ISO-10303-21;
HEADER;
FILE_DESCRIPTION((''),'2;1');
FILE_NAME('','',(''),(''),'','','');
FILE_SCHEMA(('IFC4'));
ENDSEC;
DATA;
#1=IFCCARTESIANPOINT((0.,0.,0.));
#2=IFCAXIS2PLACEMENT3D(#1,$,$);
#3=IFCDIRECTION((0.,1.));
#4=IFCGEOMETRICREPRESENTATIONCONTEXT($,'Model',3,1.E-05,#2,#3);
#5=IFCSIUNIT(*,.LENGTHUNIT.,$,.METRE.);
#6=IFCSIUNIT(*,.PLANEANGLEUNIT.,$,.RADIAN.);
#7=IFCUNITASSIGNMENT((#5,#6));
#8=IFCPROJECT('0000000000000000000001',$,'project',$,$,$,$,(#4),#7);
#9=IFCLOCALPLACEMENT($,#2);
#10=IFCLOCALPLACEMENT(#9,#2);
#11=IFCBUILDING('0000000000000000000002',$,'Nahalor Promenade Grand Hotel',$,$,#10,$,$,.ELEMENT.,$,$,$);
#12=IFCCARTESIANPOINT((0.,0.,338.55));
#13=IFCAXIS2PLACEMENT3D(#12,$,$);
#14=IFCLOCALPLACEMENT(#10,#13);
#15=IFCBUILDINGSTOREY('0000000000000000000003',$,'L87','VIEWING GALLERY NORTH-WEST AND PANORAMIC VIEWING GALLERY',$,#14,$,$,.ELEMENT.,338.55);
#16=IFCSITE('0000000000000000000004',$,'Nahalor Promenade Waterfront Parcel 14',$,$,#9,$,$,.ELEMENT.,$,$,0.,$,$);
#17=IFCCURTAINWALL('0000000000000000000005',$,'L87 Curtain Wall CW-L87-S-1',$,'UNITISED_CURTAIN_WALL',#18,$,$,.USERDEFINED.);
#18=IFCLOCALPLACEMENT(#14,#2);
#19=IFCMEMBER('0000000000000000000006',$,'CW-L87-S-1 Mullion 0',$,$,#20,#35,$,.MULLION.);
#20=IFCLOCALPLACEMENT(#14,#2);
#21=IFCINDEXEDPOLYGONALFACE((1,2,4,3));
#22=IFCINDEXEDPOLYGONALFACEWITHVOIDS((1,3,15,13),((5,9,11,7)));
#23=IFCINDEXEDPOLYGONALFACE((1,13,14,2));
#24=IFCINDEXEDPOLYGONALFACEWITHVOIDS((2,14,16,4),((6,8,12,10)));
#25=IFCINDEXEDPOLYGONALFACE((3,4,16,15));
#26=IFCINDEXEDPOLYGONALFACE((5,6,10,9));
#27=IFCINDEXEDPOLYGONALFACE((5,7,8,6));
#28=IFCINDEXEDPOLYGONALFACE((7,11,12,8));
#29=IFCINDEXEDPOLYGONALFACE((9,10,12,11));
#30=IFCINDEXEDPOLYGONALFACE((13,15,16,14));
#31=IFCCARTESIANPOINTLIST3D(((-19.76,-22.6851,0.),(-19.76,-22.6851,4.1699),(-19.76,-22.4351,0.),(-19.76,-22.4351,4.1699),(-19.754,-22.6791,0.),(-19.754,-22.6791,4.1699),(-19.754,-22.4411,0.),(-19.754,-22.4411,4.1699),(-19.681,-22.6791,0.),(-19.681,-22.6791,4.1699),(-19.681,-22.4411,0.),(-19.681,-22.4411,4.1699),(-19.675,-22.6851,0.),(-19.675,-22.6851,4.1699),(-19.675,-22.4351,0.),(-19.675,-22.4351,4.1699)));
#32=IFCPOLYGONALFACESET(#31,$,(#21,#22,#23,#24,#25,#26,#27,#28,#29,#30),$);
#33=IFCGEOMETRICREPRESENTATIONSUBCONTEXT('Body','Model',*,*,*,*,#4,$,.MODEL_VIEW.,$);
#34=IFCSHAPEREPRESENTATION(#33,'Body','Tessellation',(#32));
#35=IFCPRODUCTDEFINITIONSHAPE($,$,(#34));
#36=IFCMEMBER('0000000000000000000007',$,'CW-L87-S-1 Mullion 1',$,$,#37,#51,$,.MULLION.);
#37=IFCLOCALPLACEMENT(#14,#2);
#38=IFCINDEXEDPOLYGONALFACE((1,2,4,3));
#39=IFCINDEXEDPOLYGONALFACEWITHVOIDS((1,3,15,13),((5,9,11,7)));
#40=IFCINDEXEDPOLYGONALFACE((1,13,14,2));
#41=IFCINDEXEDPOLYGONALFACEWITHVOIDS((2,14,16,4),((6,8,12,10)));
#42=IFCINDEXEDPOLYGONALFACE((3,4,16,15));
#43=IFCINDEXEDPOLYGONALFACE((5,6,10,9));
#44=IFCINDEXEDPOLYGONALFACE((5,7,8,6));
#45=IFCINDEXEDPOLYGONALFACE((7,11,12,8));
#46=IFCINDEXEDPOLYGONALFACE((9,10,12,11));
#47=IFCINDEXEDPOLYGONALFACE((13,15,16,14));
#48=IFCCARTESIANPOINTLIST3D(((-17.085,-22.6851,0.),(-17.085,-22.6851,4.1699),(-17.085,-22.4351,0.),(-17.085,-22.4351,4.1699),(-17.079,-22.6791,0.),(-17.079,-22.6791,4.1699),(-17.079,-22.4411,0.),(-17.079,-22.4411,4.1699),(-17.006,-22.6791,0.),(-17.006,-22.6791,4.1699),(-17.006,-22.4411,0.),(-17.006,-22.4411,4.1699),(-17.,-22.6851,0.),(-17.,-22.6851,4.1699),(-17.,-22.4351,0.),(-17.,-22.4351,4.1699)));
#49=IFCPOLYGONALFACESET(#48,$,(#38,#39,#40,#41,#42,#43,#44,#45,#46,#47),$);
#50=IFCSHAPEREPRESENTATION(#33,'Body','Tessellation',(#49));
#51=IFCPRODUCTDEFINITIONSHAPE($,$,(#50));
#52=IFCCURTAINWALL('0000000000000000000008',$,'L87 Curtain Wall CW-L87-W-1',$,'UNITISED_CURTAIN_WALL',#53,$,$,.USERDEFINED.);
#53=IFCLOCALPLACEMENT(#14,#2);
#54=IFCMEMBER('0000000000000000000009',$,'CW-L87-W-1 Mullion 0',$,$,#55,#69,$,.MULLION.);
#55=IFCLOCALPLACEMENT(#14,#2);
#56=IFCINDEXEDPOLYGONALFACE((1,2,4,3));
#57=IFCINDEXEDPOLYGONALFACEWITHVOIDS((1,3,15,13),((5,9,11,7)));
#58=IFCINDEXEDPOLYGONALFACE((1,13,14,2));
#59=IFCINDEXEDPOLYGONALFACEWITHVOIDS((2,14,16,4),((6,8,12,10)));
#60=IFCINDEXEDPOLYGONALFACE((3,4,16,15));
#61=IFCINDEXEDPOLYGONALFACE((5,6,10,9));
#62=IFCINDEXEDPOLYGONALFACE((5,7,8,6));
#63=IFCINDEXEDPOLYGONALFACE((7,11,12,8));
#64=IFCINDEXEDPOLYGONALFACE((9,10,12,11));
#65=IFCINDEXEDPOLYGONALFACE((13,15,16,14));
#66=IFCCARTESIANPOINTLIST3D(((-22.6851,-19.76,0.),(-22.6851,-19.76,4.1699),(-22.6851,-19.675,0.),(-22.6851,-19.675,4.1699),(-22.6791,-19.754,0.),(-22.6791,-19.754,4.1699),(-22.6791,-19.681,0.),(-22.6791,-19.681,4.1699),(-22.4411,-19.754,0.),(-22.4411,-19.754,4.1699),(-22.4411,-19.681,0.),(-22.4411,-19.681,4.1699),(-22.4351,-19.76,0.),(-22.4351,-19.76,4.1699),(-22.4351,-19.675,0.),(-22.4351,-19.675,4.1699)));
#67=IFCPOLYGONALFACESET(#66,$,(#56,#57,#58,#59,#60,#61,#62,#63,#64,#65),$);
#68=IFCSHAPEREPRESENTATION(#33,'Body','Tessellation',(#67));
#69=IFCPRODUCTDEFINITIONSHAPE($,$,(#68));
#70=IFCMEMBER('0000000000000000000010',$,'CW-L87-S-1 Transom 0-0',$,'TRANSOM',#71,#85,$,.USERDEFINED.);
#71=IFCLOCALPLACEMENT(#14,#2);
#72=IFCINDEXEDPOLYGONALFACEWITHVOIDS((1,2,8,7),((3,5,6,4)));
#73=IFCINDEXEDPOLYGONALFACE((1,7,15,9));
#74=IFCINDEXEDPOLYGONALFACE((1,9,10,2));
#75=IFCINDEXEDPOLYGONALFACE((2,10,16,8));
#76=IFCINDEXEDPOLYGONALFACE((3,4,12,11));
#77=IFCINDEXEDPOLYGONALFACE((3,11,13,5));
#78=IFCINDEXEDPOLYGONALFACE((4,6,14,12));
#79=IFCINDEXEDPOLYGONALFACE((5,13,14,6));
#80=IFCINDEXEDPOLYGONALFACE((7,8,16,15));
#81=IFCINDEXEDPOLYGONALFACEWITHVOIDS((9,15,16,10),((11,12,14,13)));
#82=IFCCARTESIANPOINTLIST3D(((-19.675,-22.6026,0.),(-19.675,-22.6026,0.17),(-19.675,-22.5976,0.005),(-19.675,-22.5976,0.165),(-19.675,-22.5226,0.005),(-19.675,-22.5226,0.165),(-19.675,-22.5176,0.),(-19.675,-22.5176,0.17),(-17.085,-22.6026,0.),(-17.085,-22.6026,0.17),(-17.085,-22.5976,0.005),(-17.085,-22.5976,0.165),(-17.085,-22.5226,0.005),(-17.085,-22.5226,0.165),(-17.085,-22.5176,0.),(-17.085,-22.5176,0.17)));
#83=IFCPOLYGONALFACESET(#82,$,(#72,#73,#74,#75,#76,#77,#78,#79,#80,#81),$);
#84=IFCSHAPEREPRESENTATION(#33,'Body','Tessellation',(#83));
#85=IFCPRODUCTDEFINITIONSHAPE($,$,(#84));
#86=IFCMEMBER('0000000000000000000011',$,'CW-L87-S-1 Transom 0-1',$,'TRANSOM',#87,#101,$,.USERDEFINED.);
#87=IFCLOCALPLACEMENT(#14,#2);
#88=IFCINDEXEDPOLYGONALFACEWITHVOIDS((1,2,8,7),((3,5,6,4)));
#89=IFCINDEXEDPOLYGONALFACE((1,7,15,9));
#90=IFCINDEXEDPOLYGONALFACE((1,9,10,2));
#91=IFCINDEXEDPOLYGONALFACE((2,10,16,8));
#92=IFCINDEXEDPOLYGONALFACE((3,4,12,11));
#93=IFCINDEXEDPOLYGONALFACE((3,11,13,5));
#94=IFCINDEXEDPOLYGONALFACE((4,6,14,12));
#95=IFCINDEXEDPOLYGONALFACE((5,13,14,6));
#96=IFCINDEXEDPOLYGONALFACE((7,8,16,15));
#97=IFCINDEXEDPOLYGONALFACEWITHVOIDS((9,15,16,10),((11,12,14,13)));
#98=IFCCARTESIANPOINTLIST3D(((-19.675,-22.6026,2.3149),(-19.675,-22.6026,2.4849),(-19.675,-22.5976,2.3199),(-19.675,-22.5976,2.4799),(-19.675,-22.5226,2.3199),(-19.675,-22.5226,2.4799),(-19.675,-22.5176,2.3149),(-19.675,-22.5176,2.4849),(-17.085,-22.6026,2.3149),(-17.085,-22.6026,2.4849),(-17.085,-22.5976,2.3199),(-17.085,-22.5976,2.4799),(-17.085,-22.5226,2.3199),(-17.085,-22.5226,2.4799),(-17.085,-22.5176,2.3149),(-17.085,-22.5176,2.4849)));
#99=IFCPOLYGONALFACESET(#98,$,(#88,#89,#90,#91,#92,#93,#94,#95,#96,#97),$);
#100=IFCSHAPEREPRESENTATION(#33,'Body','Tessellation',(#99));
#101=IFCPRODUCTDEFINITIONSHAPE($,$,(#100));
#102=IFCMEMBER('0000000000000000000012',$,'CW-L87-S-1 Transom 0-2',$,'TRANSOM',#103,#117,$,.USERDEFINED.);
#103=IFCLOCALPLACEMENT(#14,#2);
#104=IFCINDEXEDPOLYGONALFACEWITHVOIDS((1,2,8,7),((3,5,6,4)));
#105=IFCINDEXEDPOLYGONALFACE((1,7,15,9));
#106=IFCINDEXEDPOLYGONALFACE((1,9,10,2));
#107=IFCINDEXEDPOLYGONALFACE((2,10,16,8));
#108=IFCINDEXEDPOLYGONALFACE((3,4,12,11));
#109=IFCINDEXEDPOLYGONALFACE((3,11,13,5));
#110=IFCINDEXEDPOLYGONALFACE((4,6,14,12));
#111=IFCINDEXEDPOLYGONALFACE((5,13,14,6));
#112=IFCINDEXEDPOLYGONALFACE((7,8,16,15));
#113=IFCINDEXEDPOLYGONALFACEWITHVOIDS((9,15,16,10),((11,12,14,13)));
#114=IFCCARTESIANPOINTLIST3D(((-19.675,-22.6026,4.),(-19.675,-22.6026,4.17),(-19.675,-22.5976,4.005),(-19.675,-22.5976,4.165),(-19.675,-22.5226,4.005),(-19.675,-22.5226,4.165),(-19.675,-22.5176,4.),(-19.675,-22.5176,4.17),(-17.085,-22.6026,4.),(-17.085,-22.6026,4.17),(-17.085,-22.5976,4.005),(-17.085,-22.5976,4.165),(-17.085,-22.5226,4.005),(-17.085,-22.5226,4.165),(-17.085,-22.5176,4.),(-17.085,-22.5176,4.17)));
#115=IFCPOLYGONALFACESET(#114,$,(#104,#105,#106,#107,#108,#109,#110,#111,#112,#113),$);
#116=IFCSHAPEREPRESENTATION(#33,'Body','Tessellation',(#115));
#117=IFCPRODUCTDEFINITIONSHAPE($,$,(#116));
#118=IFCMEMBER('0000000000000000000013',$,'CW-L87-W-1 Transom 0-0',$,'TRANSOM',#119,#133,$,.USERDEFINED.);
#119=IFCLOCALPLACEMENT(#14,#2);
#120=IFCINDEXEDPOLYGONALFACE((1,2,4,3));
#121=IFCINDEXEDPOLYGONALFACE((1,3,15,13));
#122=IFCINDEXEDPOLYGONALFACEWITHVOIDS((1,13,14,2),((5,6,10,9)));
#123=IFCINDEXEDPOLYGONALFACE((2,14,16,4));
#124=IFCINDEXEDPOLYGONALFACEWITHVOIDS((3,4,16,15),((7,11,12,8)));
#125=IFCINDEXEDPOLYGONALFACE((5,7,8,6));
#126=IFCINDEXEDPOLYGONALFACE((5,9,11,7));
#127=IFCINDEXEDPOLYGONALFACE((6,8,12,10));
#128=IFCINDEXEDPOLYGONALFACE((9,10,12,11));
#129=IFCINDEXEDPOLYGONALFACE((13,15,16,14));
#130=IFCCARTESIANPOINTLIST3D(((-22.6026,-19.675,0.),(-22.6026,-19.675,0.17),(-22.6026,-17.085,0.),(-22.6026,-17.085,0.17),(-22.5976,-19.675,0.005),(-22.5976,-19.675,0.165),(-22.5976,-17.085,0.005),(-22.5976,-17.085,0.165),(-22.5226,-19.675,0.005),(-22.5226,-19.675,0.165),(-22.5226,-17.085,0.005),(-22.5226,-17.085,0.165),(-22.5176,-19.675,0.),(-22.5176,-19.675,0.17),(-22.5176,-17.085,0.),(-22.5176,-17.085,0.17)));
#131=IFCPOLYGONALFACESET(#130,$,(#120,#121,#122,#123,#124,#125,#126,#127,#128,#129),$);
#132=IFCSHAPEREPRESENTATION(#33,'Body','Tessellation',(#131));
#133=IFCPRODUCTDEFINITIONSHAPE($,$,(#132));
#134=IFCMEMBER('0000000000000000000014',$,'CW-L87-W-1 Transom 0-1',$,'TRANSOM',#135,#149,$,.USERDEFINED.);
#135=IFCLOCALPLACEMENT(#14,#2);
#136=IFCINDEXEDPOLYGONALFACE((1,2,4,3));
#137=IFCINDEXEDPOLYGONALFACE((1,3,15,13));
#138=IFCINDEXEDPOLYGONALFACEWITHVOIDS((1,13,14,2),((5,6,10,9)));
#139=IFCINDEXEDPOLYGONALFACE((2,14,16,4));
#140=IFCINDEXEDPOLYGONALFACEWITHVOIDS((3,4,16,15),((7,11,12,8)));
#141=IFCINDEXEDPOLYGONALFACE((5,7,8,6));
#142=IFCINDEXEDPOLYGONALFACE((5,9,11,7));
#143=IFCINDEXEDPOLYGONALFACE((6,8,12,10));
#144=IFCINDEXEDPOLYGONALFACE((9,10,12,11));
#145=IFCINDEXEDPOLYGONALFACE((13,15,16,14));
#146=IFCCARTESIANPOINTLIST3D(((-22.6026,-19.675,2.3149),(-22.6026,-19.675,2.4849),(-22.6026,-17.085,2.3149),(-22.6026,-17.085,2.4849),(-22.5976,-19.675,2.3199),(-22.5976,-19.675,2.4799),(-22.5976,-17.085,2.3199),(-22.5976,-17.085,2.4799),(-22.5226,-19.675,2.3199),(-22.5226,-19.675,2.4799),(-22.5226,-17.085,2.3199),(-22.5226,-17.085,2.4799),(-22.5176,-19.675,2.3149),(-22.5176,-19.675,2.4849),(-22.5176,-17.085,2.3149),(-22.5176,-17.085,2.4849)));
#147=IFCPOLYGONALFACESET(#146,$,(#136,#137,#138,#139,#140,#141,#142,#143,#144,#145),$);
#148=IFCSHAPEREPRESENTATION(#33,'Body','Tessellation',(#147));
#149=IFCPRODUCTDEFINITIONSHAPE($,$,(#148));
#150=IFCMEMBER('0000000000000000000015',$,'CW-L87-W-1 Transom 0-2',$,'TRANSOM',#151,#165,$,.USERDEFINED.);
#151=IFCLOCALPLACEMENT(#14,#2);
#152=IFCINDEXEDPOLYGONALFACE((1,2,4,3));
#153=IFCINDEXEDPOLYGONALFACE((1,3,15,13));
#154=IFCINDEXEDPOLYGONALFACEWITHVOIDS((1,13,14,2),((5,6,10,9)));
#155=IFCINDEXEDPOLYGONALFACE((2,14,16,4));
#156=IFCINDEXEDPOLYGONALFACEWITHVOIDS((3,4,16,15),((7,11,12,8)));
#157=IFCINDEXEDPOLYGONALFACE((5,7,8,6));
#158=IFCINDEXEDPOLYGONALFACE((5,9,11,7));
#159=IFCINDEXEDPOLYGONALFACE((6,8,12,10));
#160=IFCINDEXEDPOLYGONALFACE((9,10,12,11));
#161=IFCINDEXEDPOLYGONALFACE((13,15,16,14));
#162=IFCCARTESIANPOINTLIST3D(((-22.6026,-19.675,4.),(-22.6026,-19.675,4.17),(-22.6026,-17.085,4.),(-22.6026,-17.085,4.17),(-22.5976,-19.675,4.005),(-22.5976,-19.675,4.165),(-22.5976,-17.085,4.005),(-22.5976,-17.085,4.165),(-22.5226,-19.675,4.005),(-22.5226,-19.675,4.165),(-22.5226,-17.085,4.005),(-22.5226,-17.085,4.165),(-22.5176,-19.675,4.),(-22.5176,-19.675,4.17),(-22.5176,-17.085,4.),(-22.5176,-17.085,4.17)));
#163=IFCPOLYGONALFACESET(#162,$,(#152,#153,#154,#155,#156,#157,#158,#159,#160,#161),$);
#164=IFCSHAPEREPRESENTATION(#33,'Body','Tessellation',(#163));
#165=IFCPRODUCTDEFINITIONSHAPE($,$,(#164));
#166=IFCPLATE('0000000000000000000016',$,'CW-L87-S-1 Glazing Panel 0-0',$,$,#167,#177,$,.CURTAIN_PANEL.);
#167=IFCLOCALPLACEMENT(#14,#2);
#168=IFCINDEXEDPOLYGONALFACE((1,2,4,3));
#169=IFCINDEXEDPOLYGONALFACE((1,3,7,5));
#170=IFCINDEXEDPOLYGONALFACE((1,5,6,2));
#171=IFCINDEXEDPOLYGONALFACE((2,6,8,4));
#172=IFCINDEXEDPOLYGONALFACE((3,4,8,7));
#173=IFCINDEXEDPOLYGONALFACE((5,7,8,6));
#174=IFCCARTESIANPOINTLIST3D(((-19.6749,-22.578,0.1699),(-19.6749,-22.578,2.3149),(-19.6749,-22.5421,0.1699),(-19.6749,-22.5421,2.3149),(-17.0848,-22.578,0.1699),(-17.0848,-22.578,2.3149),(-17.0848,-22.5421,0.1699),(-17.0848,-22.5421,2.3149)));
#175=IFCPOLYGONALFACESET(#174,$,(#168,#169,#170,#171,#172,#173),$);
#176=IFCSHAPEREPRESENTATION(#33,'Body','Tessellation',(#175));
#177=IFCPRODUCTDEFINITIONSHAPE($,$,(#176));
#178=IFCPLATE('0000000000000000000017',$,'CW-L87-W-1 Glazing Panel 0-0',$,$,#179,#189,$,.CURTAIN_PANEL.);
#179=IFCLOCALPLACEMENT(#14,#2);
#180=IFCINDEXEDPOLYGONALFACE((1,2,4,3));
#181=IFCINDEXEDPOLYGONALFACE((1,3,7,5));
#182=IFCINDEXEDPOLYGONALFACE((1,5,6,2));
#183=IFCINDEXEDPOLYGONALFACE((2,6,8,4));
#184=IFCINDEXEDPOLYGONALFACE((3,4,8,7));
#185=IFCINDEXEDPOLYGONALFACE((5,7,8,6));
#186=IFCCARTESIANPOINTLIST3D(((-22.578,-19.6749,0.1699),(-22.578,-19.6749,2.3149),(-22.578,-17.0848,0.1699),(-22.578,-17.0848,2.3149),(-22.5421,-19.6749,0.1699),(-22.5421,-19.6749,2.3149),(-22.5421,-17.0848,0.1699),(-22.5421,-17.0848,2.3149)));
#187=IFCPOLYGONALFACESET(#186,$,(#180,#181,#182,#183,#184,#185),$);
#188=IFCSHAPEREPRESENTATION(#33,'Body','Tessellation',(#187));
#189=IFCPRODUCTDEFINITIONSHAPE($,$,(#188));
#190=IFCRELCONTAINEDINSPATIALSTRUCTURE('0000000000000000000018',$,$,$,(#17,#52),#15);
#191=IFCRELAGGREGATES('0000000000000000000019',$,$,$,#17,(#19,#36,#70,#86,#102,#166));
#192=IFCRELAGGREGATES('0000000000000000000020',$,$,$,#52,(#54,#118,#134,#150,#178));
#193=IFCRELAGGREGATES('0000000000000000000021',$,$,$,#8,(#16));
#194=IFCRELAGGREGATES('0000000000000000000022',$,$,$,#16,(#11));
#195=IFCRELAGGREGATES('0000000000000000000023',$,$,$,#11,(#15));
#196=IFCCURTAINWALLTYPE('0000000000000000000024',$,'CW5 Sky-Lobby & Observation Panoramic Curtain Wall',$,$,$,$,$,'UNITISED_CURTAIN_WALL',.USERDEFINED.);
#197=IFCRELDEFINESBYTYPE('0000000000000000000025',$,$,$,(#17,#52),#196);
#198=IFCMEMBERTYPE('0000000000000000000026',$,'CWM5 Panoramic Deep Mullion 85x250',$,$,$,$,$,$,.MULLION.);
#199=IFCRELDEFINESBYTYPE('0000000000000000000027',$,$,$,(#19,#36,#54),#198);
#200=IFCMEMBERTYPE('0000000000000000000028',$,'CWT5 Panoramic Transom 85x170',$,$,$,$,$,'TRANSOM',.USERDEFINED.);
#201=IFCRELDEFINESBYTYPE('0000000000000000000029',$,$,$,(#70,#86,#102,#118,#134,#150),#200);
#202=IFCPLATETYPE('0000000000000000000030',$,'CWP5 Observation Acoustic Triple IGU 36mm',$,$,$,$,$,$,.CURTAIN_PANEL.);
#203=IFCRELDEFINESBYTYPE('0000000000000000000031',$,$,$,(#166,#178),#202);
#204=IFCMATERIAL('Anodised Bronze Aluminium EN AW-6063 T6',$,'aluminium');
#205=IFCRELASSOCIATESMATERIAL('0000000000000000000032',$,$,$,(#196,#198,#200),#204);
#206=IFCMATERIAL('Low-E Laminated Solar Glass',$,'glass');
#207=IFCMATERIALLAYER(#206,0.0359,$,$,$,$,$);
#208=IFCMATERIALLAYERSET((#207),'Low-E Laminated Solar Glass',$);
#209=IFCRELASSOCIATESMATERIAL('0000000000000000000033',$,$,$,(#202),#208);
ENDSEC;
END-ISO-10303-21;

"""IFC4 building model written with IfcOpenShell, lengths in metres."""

from ifc_helpers import new_model, si_unit, direction, frame, origin, origin_2d, place, context, subcontext, project, spatial, rectangle, hollow_rectangle, extrude, source, transform, mapped, material, layer, layer_set, material_profile, profile_set, type_object, element, aggregate, save


model = new_model("IFC4")

# Units and contexts
model_context = context("Model", 3, precision=1e-05, world=origin(), true_north=direction((0.0, 1.0)))
body_context = subcontext(model_context, "Body", "Model", "MODEL_VIEW")
ifc_project = project(units=[si_unit("LENGTHUNIT", "METRE"), si_unit("PLANEANGLEUNIT", "RADIAN")], contexts=[model_context])

# Site, building, storey
site_placement = place(None, origin())
site = spatial("IfcSite", under=ifc_project, at=site_placement, Name="Nahalor Promenade Waterfront Parcel 14", CompositionType="ELEMENT", RefElevation=0.0)
building_placement = place(site_placement, origin())
building = spatial("IfcBuilding", under=site, at=building_placement, Name="Nahalor Promenade Grand Hotel", CompositionType="ELEMENT")
storey_placement = place(building_placement, frame((0.0, 0.0, 338.55)))
storey = spatial("IfcBuildingStorey", under=building, at=storey_placement, Name="L87", Description="VIEWING GALLERY NORTH-WEST AND PANORAMIC VIEWING GALLERY", CompositionType="ELEMENT", Elevation=338.55)

# Curtain wall, members
ifc_material_1 = material(Name="Anodised Bronze Aluminium EN AW-6063 T6", Category="aluminium")
curtain_wall_type = type_object("IfcCurtainWallType", Name="CW5 Sky-Lobby & Observation Panoramic Curtain Wall", ElementType="UNITISED_CURTAIN_WALL", PredefinedType="USERDEFINED", material=ifc_material_1)
curtain_wall_1_placement = place(storey_placement, origin())
curtain_wall_1 = element("IfcCurtainWall", 1, at=curtain_wall_1_placement, inside=storey, type_object=curtain_wall_type, Name="L87 Curtain Wall CW-L87-S-1", ObjectType="UNITISED_CURTAIN_WALL", PredefinedType="USERDEFINED")
ifc_material_profile_1 = material_profile(ifc_material_1, hollow_rectangle(XDim=0.085, YDim=0.25, WallThickness=0.006, at=origin_2d()), Name="CWM 85x250x6")
ifc_profile_set_1 = profile_set([ifc_material_profile_1], Name="Anodised Bronze Aluminium EN AW-6063 T6")
member_type_1 = type_object("IfcMemberType", Name="CWM5 Panoramic Deep Mullion 85x250", PredefinedType="MULLION", material=ifc_profile_set_1)
shared_shape_1 = source(origin(), body_context, "Body", "SweptSolid", [
    extrude(hollow_rectangle(XDim=0.085, YDim=0.25, WallThickness=0.006, at=origin_2d()), origin(), (0.0, 0.0, 1.0), 4.1699),
])
member_1_placement = place(storey_placement, frame((-19.7175, -22.5601, 0.0), z_axis=(0.0, 0.0, 1.0), x_axis=(1.0, 0.0, 0.0)))
member_1 = element("IfcMember", 2, at=member_1_placement, type_object=member_type_1, Name="CW-L87-S-1 Mullion 0", PredefinedType="MULLION", context=body_context, shape_type="MappedRepresentation", body=[
    mapped(shared_shape_1, transform((0.0, 0.0, 0.0), scale=1.0)),
])
member_2_placement = place(storey_placement, frame((-17.0425, -22.5601, 0.0), z_axis=(0.0, 0.0, 1.0), x_axis=(1.0, 0.0, 0.0)))
member_2 = element("IfcMember", 3, at=member_2_placement, type_object=member_type_1, Name="CW-L87-S-1 Mullion 1", PredefinedType="MULLION", context=body_context, shape_type="MappedRepresentation", body=[
    mapped(shared_shape_1, transform((0.0, 0.0, 0.0), scale=1.0)),
])

# Curtain wall, member
curtain_wall_2_placement = place(storey_placement, origin())
curtain_wall_2 = element("IfcCurtainWall", 4, at=curtain_wall_2_placement, inside=storey, type_object=curtain_wall_type, Name="L87 Curtain Wall CW-L87-W-1", ObjectType="UNITISED_CURTAIN_WALL", PredefinedType="USERDEFINED")
member_3_placement = place(storey_placement, frame((-22.5601, -19.7175, 0.0), z_axis=(0.0, 0.0, 1.0), x_axis=(0.0, 1.0, 0.0)))
member_3 = element("IfcMember", 5, at=member_3_placement, type_object=member_type_1, Name="CW-L87-W-1 Mullion 0", PredefinedType="MULLION", context=body_context, shape_type="MappedRepresentation", body=[
    mapped(shared_shape_1, transform((0.0, 0.0, 0.0), scale=1.0)),
])

# Members
ifc_material_profile_2 = material_profile(ifc_material_1, hollow_rectangle(XDim=0.085, YDim=0.17, WallThickness=0.005, at=origin_2d()), Name="CWT 85x170x5")
ifc_profile_set_2 = profile_set([ifc_material_profile_2], Name="Anodised Bronze Aluminium EN AW-6063 T6")
member_type_2 = type_object("IfcMemberType", Name="CWT5 Panoramic Transom 85x170", ElementType="TRANSOM", PredefinedType="USERDEFINED", material=ifc_profile_set_2)
shared_shape_2 = source(origin(), body_context, "Body", "SweptSolid", [
    extrude(hollow_rectangle(XDim=0.085, YDim=0.17, WallThickness=0.005, at=origin_2d()), origin(), (0.0, 0.0, 1.0), 2.5901),
])
member_4_placement = place(storey_placement, frame((-19.675, -22.5601, 0.085), z_axis=(1.0, 0.0, 0.0), x_axis=(0.0, 1.0, 0.0)))
member_4 = element("IfcMember", 6, at=member_4_placement, type_object=member_type_2, Name="CW-L87-S-1 Transom 0-0", ObjectType="TRANSOM", PredefinedType="USERDEFINED", context=body_context, shape_type="MappedRepresentation", body=[
    mapped(shared_shape_2, transform((0.0, 0.0, 0.0), scale=1.0)),
])
member_5_placement = place(storey_placement, frame((-19.675, -22.5601, 2.3999), z_axis=(1.0, 0.0, 0.0), x_axis=(0.0, 1.0, 0.0)))
member_5 = element("IfcMember", 7, at=member_5_placement, type_object=member_type_2, Name="CW-L87-S-1 Transom 0-1", ObjectType="TRANSOM", PredefinedType="USERDEFINED", context=body_context, shape_type="MappedRepresentation", body=[
    mapped(shared_shape_2, transform((0.0, 0.0, 0.0), scale=1.0)),
])
member_6_placement = place(storey_placement, frame((-19.675, -22.5601, 4.085), z_axis=(1.0, 0.0, 0.0), x_axis=(0.0, 1.0, 0.0)))
member_6 = element("IfcMember", 8, at=member_6_placement, type_object=member_type_2, Name="CW-L87-S-1 Transom 0-2", ObjectType="TRANSOM", PredefinedType="USERDEFINED", context=body_context, shape_type="MappedRepresentation", body=[
    mapped(shared_shape_2, transform((0.0, 0.0, 0.0), scale=1.0)),
])
member_7_placement = place(storey_placement, frame((-22.5601, -19.675, 0.085), z_axis=(0.0, 1.0, 0.0), x_axis=(-1.0, 0.0, 0.0)))
member_7 = element("IfcMember", 9, at=member_7_placement, type_object=member_type_2, Name="CW-L87-W-1 Transom 0-0", ObjectType="TRANSOM", PredefinedType="USERDEFINED", context=body_context, shape_type="MappedRepresentation", body=[
    mapped(shared_shape_2, transform((0.0, 0.0, 0.0), scale=1.0)),
])
member_8_placement = place(storey_placement, frame((-22.5601, -19.675, 2.3999), z_axis=(0.0, 1.0, 0.0), x_axis=(-1.0, 0.0, 0.0)))
member_8 = element("IfcMember", 10, at=member_8_placement, type_object=member_type_2, Name="CW-L87-W-1 Transom 0-1", ObjectType="TRANSOM", PredefinedType="USERDEFINED", context=body_context, shape_type="MappedRepresentation", body=[
    mapped(shared_shape_2, transform((0.0, 0.0, 0.0), scale=1.0)),
])
member_9_placement = place(storey_placement, frame((-22.5601, -19.675, 4.085), z_axis=(0.0, 1.0, 0.0), x_axis=(-1.0, 0.0, 0.0)))
member_9 = element("IfcMember", 11, at=member_9_placement, type_object=member_type_2, Name="CW-L87-W-1 Transom 0-2", ObjectType="TRANSOM", PredefinedType="USERDEFINED", context=body_context, shape_type="MappedRepresentation", body=[
    mapped(shared_shape_2, transform((0.0, 0.0, 0.0), scale=1.0)),
])

# Plates
ifc_material_2 = material(Name="Low-E Laminated Solar Glass", Category="glass")
ifc_layer_1 = layer(ifc_material_2, 0.0359)
ifc_layer_set_1 = layer_set([ifc_layer_1], Name="Low-E Laminated Solar Glass")
plate_type = type_object("IfcPlateType", Name="CWP5 Observation Acoustic Triple IGU 36mm", PredefinedType="CURTAIN_PANEL", material=ifc_layer_set_1)
shared_shape_3 = source(origin(), body_context, "Body", "SweptSolid", [
    extrude(rectangle(XDim=2.5901, YDim=0.0359, at=origin_2d()), origin(), (0.0, 0.0, 1.0), 2.145),
])
plate_1_placement = place(storey_placement, frame((-18.3799, -22.5601, 0.1699), z_axis=(0.0, 0.0, 1.0), x_axis=(1.0, 0.0, 0.0)))
plate_1 = element("IfcPlate", 12, at=plate_1_placement, type_object=plate_type, Name="CW-L87-S-1 Glazing Panel 0-0", PredefinedType="CURTAIN_PANEL", context=body_context, shape_type="MappedRepresentation", body=[
    mapped(shared_shape_3, transform((0.0, 0.0, 0.0), scale=1.0)),
])
plate_2_placement = place(storey_placement, frame((-22.5601, -18.3799, 0.1699), z_axis=(0.0, 0.0, 1.0), x_axis=(0.0, 1.0, 0.0)))
plate_2 = element("IfcPlate", 13, at=plate_2_placement, type_object=plate_type, Name="CW-L87-W-1 Glazing Panel 0-0", PredefinedType="CURTAIN_PANEL", context=body_context, shape_type="MappedRepresentation", body=[
    mapped(shared_shape_3, transform((0.0, 0.0, 0.0), scale=1.0)),
])
aggregate(curtain_wall_1, [member_1, member_2, member_4, member_5, member_6, plate_1])
aggregate(curtain_wall_2, [member_3, member_7, member_8, member_9, plate_2])

save(model, "model.ifc")
